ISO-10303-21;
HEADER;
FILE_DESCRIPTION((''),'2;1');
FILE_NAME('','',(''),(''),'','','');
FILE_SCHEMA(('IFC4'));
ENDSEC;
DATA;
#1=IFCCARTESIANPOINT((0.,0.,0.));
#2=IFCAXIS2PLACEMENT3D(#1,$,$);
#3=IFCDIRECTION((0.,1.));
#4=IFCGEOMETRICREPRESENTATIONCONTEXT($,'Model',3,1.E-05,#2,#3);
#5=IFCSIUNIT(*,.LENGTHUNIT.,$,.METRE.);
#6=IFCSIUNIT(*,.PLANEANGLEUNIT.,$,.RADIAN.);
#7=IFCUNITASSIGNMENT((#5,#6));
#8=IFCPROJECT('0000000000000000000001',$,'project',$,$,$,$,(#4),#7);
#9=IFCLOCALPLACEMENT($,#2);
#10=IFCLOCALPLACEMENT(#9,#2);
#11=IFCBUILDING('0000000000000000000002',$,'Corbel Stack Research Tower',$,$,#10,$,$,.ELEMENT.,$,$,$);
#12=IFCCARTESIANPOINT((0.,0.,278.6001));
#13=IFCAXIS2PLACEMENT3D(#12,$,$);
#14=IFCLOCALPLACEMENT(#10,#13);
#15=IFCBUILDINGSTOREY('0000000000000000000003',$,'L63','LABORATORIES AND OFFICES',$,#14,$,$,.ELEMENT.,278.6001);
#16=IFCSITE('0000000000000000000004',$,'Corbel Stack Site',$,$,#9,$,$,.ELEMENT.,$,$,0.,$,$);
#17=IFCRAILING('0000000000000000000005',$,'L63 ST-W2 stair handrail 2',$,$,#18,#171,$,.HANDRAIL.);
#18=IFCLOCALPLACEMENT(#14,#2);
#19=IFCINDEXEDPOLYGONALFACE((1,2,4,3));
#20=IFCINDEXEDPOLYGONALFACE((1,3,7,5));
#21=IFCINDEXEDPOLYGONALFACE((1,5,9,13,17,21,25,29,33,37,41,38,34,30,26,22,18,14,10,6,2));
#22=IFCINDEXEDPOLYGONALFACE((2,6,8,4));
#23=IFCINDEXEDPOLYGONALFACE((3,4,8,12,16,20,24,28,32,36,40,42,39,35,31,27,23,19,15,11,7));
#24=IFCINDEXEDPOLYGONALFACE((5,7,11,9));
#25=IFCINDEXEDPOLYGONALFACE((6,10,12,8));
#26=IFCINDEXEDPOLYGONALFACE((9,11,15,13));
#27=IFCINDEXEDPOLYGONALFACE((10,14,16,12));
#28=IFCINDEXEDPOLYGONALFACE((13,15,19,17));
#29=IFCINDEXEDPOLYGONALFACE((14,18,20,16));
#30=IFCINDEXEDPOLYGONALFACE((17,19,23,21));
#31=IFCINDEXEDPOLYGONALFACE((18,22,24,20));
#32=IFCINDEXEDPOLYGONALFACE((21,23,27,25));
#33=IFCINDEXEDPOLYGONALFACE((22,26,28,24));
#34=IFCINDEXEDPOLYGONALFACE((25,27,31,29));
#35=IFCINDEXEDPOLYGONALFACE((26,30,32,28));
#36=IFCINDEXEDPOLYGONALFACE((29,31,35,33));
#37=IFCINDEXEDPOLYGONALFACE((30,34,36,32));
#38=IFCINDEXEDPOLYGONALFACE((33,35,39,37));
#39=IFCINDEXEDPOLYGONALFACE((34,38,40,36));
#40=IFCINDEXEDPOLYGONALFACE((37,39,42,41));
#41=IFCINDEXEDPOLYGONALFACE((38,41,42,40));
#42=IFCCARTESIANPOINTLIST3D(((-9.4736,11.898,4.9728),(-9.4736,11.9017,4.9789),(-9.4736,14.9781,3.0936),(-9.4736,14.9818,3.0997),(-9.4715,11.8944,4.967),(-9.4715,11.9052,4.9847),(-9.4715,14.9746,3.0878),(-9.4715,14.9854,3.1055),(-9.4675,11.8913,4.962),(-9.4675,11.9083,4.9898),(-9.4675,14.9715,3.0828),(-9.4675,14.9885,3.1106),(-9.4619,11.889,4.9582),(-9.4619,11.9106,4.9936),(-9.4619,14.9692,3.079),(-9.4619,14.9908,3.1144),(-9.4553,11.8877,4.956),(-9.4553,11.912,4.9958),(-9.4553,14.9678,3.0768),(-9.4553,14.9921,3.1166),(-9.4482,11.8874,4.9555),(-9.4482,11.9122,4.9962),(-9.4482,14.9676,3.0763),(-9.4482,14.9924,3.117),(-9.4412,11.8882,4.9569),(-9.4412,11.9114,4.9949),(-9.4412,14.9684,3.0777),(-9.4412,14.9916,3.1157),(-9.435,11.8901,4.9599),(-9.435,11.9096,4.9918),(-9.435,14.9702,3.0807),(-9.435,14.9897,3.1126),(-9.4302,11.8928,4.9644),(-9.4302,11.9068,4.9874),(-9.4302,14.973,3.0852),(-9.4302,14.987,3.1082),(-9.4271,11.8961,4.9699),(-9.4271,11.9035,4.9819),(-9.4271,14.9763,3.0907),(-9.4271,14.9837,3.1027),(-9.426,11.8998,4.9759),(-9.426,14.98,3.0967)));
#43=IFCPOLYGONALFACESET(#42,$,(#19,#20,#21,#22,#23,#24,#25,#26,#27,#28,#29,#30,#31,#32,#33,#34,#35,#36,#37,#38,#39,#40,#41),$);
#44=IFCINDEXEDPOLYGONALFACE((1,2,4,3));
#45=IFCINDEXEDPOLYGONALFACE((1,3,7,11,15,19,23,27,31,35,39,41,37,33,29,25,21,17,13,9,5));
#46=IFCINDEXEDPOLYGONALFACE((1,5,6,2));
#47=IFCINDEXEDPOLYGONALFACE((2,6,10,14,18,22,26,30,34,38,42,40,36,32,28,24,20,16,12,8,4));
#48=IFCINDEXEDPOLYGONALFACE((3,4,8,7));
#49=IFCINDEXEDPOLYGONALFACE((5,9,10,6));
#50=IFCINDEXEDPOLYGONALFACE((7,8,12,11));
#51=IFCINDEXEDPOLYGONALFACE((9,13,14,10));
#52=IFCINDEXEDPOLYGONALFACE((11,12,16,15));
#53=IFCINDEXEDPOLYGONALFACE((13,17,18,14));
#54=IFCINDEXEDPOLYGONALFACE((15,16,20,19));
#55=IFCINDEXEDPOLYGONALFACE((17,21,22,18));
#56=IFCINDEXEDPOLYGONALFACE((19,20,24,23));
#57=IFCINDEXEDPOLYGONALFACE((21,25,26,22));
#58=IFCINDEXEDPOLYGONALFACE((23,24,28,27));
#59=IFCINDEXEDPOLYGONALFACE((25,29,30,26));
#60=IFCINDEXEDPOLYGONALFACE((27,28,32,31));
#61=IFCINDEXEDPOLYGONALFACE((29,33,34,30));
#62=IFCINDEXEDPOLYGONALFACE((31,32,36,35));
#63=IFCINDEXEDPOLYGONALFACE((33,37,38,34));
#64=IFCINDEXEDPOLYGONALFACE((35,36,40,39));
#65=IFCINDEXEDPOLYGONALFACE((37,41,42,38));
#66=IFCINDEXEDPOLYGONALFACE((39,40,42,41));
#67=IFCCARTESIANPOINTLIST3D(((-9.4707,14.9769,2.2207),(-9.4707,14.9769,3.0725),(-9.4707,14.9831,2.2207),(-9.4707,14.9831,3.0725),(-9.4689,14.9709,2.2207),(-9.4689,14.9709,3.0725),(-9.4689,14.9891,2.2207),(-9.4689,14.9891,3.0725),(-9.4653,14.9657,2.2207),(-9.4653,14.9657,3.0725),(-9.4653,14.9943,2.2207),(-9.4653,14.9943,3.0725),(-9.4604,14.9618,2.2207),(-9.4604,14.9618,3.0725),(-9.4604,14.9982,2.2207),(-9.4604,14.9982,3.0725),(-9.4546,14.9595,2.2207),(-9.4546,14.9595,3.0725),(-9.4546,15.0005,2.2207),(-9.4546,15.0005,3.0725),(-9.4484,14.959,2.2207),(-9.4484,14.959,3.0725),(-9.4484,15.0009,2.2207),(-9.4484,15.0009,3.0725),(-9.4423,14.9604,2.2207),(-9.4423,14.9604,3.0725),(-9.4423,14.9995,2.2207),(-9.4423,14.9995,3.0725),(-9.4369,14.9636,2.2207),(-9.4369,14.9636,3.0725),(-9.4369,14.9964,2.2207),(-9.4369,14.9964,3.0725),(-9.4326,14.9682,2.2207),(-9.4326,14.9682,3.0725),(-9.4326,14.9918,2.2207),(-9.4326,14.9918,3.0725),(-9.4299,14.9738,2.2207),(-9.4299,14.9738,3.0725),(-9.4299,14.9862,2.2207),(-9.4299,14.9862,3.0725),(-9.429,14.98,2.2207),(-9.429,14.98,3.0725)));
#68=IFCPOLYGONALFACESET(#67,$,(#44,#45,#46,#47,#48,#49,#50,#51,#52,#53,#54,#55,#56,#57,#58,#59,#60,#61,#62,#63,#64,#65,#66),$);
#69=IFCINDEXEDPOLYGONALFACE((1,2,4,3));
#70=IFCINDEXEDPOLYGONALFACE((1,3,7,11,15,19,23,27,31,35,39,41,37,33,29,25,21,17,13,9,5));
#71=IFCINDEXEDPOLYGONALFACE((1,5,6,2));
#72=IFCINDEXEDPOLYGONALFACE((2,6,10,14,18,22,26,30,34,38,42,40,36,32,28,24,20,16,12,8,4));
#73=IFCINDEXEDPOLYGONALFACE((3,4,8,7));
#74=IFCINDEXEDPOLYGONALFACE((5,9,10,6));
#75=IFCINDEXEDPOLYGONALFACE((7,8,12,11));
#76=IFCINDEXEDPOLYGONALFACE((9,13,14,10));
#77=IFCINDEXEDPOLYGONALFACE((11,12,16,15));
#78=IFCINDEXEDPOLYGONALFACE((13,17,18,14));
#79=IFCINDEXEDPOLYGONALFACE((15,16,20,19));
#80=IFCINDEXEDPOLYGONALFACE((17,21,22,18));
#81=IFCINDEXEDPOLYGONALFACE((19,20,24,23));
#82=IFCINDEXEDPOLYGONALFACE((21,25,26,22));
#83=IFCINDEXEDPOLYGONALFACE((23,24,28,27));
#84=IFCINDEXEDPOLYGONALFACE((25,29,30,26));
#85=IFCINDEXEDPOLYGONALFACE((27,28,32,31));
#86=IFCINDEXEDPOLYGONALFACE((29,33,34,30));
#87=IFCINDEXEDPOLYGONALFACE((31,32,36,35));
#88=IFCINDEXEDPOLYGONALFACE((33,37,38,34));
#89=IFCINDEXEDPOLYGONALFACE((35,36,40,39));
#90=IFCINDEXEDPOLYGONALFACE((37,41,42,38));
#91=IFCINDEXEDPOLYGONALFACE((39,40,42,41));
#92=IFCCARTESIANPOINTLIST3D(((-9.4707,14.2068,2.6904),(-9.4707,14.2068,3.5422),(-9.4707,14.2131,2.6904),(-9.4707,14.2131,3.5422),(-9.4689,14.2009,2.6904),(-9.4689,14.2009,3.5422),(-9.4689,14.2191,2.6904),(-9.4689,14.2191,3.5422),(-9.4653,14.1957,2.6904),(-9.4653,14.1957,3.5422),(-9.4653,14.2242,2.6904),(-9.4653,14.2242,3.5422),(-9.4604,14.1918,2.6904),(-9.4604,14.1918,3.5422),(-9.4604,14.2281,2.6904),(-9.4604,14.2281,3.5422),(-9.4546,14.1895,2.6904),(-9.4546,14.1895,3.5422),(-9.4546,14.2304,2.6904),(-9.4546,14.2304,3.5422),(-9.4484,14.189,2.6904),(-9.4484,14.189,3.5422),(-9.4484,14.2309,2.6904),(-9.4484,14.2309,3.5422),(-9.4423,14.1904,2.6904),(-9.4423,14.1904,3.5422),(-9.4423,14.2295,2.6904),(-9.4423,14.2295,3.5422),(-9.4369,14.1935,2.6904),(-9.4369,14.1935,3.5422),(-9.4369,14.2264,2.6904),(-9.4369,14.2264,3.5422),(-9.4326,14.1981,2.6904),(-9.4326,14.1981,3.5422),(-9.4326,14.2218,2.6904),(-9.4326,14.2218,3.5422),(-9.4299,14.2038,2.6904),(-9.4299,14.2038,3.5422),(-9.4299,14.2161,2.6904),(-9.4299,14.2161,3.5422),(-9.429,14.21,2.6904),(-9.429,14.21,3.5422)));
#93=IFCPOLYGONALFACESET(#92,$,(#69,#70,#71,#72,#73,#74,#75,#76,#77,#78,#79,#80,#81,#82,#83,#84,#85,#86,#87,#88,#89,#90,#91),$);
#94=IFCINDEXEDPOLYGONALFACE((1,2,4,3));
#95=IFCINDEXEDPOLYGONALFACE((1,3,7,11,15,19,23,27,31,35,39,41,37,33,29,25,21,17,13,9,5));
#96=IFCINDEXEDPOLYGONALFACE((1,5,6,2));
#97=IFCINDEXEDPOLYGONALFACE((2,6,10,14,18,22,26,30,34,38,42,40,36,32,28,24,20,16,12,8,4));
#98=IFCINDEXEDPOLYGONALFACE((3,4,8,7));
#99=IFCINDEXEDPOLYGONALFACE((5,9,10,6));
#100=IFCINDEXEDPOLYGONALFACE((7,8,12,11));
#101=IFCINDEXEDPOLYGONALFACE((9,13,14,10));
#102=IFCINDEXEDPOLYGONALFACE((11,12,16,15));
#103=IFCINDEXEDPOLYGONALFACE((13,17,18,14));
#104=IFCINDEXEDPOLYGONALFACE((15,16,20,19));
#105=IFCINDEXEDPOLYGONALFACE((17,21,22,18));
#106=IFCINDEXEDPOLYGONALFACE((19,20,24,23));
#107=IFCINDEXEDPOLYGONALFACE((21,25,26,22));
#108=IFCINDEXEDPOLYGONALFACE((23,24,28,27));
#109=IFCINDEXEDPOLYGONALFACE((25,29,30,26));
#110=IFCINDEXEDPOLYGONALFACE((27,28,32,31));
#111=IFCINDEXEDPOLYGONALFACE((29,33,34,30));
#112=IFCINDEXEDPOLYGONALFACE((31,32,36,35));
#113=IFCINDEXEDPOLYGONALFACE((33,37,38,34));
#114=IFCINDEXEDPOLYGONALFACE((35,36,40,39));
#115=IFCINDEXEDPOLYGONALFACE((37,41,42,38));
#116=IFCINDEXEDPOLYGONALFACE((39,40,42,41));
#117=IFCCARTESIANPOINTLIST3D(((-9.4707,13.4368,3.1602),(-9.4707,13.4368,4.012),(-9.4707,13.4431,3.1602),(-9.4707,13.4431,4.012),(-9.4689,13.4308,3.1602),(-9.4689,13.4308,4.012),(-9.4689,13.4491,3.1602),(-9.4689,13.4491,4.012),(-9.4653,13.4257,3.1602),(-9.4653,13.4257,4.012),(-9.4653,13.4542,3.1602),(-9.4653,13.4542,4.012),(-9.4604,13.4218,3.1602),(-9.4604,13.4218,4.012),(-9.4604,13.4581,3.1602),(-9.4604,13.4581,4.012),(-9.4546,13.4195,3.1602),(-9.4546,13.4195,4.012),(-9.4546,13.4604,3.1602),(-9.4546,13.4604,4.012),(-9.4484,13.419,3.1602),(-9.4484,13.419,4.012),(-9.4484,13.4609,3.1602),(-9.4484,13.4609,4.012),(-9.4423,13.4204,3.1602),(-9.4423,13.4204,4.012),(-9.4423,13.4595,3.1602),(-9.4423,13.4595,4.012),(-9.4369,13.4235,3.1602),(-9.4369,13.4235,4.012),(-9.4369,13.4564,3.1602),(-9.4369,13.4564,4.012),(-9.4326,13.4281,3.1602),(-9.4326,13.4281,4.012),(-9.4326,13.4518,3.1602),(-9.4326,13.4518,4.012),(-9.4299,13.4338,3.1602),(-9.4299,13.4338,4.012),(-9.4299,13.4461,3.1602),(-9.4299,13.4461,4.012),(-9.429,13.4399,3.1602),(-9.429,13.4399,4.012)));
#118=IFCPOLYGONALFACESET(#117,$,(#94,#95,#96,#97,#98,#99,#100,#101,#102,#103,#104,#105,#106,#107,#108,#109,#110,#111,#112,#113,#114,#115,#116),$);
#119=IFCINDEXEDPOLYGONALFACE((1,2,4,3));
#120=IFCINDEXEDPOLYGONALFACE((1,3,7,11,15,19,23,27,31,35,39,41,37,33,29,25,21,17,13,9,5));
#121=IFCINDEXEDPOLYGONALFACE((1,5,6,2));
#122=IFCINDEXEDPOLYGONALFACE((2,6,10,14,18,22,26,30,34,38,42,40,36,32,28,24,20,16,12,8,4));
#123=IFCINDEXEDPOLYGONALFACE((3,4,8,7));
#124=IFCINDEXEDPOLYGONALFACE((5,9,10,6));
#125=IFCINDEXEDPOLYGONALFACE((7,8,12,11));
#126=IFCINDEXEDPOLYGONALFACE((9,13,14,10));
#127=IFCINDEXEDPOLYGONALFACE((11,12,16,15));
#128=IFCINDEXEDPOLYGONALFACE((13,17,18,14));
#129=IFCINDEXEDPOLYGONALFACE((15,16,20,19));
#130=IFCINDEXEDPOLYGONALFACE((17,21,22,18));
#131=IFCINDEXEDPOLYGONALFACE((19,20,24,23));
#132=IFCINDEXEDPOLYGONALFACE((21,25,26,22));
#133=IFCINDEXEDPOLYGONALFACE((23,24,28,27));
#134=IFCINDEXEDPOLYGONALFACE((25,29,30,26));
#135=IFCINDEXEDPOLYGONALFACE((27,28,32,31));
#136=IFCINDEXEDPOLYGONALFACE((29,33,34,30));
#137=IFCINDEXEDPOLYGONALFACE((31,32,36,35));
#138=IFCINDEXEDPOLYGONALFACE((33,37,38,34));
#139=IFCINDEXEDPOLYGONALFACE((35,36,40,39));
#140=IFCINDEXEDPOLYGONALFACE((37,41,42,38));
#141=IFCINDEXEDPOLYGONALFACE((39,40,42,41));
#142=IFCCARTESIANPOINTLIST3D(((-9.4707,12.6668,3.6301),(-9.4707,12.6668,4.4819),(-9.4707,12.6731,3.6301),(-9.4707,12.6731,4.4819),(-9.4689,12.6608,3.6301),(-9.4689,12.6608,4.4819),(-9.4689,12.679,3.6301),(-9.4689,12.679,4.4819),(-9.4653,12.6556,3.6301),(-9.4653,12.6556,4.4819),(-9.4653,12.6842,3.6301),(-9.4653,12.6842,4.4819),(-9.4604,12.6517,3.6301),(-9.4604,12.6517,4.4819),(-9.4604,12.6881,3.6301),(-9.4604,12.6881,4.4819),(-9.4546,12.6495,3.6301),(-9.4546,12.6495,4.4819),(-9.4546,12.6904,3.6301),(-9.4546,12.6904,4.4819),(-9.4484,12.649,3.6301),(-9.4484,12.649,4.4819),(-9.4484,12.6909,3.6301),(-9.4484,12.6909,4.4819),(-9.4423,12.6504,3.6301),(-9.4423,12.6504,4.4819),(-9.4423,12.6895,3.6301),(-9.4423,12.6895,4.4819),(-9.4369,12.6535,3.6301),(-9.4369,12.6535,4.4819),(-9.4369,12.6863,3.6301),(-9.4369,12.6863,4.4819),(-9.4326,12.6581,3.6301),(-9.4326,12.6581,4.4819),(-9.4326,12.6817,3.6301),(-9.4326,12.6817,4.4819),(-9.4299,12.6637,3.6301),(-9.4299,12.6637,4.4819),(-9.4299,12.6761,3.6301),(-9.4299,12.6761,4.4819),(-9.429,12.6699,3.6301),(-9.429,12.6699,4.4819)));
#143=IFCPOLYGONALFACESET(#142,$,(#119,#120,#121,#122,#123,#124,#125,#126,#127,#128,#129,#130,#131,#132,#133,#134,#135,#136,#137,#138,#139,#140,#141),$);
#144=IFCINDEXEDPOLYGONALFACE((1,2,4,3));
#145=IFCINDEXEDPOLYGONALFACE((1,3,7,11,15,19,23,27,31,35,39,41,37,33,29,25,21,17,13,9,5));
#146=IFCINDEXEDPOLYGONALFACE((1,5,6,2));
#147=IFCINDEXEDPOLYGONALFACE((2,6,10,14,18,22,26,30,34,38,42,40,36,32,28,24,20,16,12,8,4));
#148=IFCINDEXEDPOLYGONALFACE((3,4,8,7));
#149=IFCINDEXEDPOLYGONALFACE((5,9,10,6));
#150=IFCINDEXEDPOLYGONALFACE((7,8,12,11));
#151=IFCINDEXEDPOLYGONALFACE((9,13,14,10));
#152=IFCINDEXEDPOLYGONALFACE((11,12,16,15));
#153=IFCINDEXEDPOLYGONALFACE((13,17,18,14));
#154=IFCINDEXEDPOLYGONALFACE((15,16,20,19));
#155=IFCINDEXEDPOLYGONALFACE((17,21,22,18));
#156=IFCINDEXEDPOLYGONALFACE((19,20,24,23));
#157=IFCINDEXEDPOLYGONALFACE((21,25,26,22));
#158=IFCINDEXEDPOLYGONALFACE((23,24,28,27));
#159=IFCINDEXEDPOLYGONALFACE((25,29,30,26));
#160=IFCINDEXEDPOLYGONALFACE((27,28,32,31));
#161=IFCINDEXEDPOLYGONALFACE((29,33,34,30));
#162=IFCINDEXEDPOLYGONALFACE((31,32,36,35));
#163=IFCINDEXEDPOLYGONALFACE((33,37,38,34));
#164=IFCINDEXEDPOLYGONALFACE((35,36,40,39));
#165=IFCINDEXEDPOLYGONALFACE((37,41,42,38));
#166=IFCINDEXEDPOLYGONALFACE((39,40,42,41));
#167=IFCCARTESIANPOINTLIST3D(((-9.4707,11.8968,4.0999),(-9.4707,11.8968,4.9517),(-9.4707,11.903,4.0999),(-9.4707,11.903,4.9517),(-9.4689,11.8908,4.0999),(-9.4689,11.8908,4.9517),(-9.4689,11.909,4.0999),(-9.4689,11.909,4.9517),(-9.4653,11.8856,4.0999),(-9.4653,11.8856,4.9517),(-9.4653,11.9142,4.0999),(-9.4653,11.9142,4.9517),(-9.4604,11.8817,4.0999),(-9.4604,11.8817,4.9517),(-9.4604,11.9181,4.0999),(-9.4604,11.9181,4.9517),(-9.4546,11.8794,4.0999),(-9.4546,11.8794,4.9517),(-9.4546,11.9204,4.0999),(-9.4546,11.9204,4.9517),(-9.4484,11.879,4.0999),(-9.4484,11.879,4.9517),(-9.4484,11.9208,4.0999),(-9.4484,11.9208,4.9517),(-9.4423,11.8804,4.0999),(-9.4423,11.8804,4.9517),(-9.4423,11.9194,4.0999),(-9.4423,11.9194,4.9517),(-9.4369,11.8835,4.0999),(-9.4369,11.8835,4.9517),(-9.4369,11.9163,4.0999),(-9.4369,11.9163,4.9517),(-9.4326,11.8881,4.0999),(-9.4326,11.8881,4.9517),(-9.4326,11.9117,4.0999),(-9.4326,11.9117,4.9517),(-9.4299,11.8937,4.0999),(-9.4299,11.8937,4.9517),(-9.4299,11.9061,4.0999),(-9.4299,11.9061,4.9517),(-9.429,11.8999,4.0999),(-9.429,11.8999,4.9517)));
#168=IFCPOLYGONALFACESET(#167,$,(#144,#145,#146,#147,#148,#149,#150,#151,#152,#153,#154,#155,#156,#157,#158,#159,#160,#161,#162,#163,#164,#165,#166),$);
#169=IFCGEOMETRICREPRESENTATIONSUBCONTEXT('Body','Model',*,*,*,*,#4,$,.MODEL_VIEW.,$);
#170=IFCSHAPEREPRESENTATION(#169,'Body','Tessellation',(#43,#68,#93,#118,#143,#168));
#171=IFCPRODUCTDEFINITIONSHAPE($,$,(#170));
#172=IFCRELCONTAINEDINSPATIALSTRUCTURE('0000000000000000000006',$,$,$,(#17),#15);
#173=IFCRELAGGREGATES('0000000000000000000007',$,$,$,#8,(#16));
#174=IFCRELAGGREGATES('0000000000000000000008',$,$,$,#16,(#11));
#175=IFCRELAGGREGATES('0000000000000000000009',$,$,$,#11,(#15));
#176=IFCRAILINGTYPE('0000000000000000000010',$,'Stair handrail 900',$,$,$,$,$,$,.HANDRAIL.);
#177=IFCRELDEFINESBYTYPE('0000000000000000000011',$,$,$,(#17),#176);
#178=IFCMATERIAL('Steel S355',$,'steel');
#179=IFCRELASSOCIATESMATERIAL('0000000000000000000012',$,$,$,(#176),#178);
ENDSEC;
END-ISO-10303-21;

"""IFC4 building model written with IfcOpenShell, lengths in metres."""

from ifc_helpers import new_model, si_unit, direction, frame, origin, origin_2d, place, context, subcontext, project, spatial, circle, extrude, material, type_object, element, save


model = new_model("IFC4")

# Units and contexts
model_context = context("Model", 3, precision=1e-05, world=origin(), true_north=direction((0.0, 1.0)))
body_context = subcontext(model_context, "Body", "Model", "MODEL_VIEW")
ifc_project = project(units=[si_unit("LENGTHUNIT", "METRE"), si_unit("PLANEANGLEUNIT", "RADIAN")], contexts=[model_context])

# Site, building, storey
site_placement = place(None, origin())
site = spatial("IfcSite", under=ifc_project, at=site_placement, Name="Corbel Stack Site", CompositionType="ELEMENT", RefElevation=0.0)
building_placement = place(site_placement, origin())
building = spatial("IfcBuilding", under=site, at=building_placement, Name="Corbel Stack Research Tower", CompositionType="ELEMENT")
storey_placement = place(building_placement, frame((0.0, 0.0, 278.6001)))
storey = spatial("IfcBuildingStorey", under=building, at=storey_placement, Name="L63", Description="LABORATORIES AND OFFICES", CompositionType="ELEMENT", Elevation=278.6001)

# Railing
ifc_material_1 = material(Name="Steel S355", Category="steel")
railing_type_1 = type_object("IfcRailingType", Name="Stair handrail 900", PredefinedType="HANDRAIL", material=ifc_material_1)
railing_1_placement = place(storey_placement, frame((-9.45, 14.98, 2.2207)))
element("IfcRailing", 1, at=railing_1_placement, inside=storey, type_object=railing_type_1, Name="L63 ST-W2 stair handrail 2", PredefinedType="HANDRAIL", context=body_context, shape_type="SweptSolid", body=[
    extrude(circle(Radius=0.0239, at=origin_2d()), frame((0.0, 0.0, 0.876), z_axis=(0.0, -0.853666, 0.52082), x_axis=(1.0, 0.0, 0.0)), (0.0, 0.0, 1.0), 3.6082),
    extrude(circle(Radius=0.021, at=origin_2d()), origin(), (0.0, 0.0, 1.0), 0.8518),
    extrude(circle(Radius=0.021, at=origin_2d()), frame((0.0, -0.77, 0.4697)), (0.0, 0.0, 1.0), 0.8518),
    extrude(circle(Radius=0.021, at=origin_2d()), frame((0.0, -1.54, 0.9395)), (0.0, 0.0, 1.0), 0.8518),
    extrude(circle(Radius=0.021, at=origin_2d()), frame((0.0, -2.3101, 1.4094)), (0.0, 0.0, 1.0), 0.8518),
    extrude(circle(Radius=0.021, at=origin_2d()), frame((0.0, -3.0801, 1.8792)), (0.0, 0.0, 1.0), 0.8518),
])

save(model, "model.ifc")
